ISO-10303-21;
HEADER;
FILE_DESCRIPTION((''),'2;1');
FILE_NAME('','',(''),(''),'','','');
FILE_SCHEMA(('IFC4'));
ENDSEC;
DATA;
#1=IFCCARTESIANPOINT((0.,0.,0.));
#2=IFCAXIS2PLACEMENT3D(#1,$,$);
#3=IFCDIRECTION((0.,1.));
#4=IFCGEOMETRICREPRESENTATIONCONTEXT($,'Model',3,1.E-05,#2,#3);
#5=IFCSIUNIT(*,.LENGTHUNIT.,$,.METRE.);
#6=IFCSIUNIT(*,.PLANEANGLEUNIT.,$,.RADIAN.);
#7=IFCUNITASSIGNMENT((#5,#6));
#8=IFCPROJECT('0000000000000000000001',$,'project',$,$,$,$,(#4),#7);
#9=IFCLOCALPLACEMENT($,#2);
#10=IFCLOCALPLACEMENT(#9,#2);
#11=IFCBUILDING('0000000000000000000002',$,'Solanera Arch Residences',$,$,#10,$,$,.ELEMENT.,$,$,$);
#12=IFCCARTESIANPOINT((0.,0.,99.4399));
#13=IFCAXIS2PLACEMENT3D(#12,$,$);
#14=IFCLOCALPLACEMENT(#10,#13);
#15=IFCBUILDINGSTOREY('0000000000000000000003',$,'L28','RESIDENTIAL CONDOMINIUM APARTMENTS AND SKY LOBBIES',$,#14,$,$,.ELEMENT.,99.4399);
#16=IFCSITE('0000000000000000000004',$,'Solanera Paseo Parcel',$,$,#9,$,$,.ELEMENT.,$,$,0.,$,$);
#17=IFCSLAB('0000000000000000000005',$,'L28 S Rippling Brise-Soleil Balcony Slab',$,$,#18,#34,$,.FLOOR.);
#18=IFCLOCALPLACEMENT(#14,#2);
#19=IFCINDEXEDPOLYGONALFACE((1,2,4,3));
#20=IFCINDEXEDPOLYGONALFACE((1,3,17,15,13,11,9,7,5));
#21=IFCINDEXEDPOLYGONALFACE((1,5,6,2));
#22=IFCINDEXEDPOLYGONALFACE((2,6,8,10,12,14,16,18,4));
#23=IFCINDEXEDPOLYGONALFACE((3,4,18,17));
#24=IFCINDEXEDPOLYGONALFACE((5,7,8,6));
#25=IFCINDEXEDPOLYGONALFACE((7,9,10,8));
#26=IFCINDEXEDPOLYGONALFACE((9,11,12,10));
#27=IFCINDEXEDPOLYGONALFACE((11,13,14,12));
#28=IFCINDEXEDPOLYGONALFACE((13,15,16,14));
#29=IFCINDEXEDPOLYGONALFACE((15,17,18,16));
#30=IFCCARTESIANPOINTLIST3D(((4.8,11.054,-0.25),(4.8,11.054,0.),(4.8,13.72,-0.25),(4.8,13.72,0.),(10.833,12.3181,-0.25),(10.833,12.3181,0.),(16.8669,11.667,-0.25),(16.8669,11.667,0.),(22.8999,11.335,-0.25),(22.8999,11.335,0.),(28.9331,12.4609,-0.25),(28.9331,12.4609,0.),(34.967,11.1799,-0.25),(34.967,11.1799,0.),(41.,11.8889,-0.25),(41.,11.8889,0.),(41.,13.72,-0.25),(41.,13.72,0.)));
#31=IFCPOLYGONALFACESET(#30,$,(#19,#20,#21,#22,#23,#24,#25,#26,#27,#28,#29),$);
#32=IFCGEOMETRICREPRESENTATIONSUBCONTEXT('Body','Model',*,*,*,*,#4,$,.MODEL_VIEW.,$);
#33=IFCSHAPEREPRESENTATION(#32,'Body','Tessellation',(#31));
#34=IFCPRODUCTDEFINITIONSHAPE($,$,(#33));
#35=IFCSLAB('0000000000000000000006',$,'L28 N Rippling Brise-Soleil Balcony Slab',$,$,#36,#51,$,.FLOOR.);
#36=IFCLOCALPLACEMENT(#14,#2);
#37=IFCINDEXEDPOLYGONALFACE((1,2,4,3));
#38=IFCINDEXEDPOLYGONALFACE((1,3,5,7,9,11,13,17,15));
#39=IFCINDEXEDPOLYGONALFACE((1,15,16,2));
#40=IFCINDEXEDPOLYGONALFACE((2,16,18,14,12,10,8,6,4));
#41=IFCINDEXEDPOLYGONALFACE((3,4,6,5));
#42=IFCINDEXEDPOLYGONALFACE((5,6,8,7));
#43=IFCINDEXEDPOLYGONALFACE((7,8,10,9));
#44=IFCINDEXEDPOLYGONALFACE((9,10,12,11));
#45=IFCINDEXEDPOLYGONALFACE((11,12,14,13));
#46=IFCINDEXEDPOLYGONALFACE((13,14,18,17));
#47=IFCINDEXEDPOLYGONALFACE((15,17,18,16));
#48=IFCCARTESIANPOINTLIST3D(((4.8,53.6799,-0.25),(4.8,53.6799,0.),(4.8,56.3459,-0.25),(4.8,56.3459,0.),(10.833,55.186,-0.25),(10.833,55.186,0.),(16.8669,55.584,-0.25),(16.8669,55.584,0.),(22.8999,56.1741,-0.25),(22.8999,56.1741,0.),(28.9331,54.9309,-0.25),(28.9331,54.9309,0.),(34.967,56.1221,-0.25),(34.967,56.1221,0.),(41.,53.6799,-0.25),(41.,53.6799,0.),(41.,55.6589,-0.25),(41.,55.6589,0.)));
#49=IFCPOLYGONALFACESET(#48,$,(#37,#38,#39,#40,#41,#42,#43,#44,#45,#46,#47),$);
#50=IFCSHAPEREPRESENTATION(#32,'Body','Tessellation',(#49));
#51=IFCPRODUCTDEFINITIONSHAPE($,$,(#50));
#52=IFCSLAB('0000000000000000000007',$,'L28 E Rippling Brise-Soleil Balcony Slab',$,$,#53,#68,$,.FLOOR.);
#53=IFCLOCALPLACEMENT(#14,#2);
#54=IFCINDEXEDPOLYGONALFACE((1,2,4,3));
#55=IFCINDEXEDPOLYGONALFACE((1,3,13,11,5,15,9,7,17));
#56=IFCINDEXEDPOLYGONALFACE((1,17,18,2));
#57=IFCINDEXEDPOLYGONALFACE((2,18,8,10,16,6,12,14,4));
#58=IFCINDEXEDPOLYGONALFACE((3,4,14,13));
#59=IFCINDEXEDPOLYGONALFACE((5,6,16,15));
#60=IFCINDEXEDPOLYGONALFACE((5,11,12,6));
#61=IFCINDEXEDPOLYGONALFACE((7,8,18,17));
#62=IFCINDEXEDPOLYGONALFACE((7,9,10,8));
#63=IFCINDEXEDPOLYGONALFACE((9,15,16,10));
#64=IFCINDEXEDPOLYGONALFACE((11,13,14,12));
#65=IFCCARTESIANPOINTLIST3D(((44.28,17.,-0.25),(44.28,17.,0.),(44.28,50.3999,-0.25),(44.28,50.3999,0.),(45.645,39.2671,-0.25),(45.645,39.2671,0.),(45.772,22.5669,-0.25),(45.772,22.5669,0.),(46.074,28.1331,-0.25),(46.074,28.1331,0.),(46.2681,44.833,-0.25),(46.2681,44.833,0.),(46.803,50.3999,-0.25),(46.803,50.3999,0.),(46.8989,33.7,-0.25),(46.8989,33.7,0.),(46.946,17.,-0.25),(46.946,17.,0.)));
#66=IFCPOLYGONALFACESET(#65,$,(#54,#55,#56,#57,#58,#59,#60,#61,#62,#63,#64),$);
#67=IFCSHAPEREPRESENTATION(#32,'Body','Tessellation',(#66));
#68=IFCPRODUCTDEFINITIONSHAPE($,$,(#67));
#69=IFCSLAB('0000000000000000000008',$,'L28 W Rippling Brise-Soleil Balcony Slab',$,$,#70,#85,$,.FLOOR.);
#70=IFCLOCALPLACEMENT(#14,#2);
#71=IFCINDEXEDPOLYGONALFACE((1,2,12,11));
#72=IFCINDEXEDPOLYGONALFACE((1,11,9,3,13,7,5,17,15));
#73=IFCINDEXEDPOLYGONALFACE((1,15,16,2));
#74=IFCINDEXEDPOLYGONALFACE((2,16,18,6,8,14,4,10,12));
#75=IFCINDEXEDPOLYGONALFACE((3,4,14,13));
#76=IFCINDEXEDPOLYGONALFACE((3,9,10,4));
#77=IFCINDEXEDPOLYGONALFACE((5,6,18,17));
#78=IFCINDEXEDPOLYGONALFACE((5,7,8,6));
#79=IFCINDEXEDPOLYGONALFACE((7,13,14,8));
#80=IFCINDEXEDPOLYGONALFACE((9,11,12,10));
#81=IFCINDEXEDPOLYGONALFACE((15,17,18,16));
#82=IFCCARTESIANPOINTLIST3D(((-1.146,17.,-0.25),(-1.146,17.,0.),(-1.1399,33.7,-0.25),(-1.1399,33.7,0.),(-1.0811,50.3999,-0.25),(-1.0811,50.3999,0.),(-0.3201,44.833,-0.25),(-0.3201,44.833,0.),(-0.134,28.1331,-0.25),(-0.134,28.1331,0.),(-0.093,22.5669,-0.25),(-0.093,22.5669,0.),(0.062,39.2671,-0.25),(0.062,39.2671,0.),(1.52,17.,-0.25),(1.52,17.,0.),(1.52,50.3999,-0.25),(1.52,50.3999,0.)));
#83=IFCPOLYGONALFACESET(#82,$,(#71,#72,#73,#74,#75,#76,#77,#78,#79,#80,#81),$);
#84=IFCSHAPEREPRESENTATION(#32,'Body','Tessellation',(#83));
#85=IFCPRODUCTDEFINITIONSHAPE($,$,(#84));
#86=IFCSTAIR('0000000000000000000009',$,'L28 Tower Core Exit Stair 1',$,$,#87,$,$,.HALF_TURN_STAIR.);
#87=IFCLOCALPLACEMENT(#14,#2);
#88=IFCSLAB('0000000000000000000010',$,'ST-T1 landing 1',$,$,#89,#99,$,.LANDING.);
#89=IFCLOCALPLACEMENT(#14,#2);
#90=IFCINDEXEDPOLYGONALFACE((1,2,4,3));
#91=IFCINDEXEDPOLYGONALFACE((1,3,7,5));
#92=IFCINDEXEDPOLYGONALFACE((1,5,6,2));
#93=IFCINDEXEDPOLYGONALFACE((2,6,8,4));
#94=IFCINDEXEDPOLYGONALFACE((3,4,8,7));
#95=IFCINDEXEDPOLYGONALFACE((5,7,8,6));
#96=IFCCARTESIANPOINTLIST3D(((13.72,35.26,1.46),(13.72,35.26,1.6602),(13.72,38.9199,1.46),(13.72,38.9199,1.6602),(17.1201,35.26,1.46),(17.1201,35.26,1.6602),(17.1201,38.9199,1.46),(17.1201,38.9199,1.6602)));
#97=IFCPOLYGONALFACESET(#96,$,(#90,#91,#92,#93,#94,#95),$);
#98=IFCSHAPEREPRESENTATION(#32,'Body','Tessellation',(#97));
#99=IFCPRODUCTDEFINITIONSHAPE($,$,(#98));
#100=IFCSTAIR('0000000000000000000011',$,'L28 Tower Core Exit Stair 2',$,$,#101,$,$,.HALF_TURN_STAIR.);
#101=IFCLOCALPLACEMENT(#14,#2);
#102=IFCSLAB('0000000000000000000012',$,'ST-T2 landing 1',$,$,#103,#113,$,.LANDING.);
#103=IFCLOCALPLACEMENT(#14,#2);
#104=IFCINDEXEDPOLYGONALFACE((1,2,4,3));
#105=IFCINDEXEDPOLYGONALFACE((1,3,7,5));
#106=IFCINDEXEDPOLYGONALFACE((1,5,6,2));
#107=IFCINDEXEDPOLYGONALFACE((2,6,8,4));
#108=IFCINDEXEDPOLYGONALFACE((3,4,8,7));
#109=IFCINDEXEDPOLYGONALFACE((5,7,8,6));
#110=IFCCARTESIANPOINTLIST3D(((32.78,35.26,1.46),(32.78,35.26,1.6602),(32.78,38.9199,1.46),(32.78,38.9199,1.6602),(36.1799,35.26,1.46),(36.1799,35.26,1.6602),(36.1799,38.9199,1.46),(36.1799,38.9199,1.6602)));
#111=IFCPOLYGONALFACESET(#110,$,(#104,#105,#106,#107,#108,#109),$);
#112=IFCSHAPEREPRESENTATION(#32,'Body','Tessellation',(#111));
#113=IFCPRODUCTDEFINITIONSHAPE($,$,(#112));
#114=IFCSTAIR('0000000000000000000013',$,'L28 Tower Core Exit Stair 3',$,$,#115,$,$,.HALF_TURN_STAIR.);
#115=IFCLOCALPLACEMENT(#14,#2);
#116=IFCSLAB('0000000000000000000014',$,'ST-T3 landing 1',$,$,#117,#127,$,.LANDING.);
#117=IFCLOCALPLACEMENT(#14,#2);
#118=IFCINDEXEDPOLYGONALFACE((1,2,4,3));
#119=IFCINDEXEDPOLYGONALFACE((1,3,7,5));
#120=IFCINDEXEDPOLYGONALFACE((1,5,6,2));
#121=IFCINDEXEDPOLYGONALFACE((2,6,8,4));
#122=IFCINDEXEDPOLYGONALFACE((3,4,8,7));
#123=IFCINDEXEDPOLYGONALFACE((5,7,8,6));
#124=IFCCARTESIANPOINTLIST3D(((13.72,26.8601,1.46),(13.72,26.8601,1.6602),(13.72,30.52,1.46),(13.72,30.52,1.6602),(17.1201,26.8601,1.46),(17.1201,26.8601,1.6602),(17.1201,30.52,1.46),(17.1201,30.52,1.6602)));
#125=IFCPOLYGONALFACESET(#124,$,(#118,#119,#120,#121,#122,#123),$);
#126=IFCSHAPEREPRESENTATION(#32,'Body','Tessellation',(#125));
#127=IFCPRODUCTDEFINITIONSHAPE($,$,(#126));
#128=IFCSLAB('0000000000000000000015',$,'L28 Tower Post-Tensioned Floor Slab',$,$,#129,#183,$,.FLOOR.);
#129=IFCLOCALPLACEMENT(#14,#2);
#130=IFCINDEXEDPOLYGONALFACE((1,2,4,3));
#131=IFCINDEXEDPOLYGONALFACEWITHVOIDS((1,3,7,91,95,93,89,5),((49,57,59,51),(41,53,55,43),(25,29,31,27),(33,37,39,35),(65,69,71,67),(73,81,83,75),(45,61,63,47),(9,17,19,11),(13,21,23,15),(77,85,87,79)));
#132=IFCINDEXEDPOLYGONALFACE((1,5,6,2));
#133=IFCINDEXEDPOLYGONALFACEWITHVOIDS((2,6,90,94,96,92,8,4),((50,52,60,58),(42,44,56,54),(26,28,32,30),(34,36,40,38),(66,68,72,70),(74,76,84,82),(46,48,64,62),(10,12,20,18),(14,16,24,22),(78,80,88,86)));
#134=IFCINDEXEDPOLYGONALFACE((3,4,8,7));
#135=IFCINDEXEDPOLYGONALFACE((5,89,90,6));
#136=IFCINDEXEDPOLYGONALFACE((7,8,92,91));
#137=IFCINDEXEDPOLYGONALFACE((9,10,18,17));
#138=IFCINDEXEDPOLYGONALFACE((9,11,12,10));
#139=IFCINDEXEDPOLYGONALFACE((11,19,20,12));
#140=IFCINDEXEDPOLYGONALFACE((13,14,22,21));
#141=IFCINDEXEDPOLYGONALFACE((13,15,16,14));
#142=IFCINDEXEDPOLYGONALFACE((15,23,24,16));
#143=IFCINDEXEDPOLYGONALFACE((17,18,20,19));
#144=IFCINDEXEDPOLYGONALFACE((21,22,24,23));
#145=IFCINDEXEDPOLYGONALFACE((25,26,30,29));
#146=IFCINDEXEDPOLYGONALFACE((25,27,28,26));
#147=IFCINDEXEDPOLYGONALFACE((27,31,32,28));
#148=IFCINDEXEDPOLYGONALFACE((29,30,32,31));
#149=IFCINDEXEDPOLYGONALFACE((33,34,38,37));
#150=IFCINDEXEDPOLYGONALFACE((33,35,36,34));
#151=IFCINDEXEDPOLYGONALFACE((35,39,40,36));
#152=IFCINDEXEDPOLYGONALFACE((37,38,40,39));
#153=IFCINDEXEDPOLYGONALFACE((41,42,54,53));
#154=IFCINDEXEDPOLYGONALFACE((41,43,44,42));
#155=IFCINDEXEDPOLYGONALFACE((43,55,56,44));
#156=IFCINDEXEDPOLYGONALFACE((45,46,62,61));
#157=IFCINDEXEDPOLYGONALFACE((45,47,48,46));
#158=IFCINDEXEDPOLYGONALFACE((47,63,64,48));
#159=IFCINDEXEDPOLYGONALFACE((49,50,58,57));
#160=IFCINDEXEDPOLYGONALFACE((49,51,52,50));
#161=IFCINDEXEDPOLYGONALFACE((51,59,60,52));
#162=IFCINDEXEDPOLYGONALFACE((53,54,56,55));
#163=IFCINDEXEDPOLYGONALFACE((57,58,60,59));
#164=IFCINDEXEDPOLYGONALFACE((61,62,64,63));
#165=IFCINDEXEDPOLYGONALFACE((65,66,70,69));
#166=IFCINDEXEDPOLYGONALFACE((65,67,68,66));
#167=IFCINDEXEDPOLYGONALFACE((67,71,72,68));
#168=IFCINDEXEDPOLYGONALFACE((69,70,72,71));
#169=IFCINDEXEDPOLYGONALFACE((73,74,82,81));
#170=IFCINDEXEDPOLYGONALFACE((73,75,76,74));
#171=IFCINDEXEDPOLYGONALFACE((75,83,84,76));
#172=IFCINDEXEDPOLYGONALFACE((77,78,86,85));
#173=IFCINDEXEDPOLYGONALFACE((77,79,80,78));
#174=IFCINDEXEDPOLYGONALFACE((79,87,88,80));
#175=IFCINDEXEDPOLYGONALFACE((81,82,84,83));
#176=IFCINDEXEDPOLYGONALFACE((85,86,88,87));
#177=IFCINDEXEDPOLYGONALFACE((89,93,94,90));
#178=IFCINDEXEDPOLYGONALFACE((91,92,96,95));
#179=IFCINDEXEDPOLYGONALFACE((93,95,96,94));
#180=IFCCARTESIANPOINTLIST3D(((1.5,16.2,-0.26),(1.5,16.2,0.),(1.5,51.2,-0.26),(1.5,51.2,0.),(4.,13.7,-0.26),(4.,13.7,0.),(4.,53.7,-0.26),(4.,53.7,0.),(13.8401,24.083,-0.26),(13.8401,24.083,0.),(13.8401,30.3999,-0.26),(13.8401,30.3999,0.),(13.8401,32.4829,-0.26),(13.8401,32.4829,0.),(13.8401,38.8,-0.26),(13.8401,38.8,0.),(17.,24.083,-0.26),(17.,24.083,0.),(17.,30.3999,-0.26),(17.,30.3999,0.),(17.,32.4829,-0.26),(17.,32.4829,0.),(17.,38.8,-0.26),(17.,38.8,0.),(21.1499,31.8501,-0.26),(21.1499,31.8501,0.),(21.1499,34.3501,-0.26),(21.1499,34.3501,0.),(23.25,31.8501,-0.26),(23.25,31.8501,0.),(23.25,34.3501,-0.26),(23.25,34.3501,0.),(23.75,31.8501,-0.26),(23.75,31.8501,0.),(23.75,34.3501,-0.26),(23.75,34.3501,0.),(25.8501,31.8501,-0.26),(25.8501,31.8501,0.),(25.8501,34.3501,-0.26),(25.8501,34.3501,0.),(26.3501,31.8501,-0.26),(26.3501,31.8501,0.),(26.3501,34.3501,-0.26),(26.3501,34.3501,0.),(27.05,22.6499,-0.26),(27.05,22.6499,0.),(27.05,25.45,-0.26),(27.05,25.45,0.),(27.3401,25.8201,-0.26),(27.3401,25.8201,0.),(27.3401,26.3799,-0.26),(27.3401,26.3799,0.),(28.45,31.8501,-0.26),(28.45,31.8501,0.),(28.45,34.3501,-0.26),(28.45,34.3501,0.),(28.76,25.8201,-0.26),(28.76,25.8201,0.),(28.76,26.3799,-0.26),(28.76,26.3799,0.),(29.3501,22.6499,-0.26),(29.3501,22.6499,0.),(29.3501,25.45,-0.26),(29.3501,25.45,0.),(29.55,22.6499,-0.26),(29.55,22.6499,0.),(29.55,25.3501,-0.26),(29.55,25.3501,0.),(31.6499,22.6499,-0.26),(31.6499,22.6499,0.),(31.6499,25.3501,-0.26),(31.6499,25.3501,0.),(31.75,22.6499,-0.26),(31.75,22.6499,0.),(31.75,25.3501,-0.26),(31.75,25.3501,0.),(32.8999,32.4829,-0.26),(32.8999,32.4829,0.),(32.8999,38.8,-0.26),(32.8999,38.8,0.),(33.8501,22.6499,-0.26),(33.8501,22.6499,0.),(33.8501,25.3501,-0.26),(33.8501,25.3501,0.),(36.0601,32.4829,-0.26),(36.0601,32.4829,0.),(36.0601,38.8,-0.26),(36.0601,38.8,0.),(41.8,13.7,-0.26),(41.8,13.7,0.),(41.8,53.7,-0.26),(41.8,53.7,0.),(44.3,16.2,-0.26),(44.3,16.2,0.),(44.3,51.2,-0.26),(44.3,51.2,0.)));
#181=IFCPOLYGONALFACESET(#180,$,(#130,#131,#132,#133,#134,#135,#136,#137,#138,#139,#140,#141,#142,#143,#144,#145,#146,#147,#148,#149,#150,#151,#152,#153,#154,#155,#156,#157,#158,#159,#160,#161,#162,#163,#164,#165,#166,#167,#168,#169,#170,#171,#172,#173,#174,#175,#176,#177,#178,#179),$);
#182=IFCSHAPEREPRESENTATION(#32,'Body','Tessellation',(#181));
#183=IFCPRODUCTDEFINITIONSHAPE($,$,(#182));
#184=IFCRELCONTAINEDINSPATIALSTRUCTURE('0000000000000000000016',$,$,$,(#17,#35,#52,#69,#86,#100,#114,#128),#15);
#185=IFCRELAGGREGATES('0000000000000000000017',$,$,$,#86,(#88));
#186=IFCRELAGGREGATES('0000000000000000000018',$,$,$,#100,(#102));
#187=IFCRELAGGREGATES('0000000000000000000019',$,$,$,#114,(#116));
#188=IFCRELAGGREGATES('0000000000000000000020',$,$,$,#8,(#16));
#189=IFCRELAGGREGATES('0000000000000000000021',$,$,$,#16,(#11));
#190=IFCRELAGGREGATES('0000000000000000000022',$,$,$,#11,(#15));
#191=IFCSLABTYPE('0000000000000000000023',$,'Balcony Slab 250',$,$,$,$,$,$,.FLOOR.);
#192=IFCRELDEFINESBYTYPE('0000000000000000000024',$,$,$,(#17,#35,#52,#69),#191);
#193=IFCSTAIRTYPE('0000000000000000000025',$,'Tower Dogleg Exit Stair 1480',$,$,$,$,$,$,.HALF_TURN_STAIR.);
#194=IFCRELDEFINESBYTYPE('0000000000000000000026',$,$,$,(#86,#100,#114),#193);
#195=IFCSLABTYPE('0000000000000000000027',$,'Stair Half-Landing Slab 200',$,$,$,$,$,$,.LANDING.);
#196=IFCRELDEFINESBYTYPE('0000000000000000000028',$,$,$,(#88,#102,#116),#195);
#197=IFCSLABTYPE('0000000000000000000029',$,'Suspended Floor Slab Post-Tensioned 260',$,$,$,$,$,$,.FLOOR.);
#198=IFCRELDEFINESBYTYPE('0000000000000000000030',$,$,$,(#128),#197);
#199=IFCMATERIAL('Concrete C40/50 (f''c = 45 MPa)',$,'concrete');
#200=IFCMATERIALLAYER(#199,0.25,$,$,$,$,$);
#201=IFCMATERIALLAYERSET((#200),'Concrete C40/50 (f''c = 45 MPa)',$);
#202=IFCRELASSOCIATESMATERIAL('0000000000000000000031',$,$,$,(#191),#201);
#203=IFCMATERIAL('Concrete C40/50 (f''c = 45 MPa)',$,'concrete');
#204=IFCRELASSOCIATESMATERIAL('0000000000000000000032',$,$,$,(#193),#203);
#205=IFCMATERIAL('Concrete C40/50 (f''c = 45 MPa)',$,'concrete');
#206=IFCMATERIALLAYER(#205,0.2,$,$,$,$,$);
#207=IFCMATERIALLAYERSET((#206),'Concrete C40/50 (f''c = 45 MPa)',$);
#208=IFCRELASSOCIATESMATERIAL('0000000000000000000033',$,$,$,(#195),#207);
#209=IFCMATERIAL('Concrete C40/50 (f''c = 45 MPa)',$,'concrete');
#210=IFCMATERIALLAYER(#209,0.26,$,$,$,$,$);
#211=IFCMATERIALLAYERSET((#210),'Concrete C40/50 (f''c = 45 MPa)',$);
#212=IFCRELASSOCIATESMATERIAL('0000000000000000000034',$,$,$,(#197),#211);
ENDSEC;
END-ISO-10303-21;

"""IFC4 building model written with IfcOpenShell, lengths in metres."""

from ifc_helpers import new_model, si_unit, direction, frame, origin, place, context, subcontext, project, spatial, polyline, outline, extrude, material, layer, layer_set, type_object, element, aggregate, save


model = new_model("IFC4")

# Units and contexts
model_context = context("Model", 3, precision=1e-05, world=origin(), true_north=direction((0.0, 1.0)))
body_context = subcontext(model_context, "Body", "Model", "MODEL_VIEW")
ifc_project = project(units=[si_unit("LENGTHUNIT", "METRE"), si_unit("PLANEANGLEUNIT", "RADIAN")], contexts=[model_context])

# Site, building, storey
site_placement = place(None, origin())
site = spatial("IfcSite", under=ifc_project, at=site_placement, Name="Solanera Paseo Parcel", CompositionType="ELEMENT", RefElevation=0.0)
building_placement = place(site_placement, origin())
building = spatial("IfcBuilding", under=site, at=building_placement, Name="Solanera Arch Residences", CompositionType="ELEMENT")
storey_placement = place(building_placement, frame((0.0, 0.0, 99.4399)))
storey = spatial("IfcBuildingStorey", under=building, at=storey_placement, Name="L28", Description="RESIDENTIAL CONDOMINIUM APARTMENTS AND SKY LOBBIES", CompositionType="ELEMENT", Elevation=99.4399)

# Slabs
ifc_material_1 = material(Name="Concrete C40/50 (f'c = 45 MPa)", Category="concrete")
ifc_layer_1 = layer(ifc_material_1, 0.25)
ifc_layer_set_1 = layer_set([ifc_layer_1], Name="Concrete C40/50 (f'c = 45 MPa)")
slab_type_1 = type_object("IfcSlabType", Name="Balcony Slab 250", PredefinedType="FLOOR", material=ifc_layer_set_1)
slab_1_placement = place(storey_placement, frame((0.0, 0.0, -0.25)))
element("IfcSlab", 1, at=slab_1_placement, inside=storey, type_object=slab_type_1, Name="L28 S Rippling Brise-Soleil Balcony Slab", PredefinedType="FLOOR", context=body_context, shape_type="SweptSolid", body=[
    extrude(outline(polyline([(4.8, 11.054), (10.833, 12.3181), (16.8669, 11.667), (22.8999, 11.335), (28.9331, 12.4609), (34.967, 11.1799), (41.0, 11.8889), (41.0, 13.72), (4.8, 13.72), (4.8, 11.054)])), origin(), (0.0, 0.0, 1.0), 0.25),
])
slab_2_placement = place(storey_placement, frame((0.0, 0.0, -0.25)))
element("IfcSlab", 2, at=slab_2_placement, inside=storey, type_object=slab_type_1, Name="L28 N Rippling Brise-Soleil Balcony Slab", PredefinedType="FLOOR", context=body_context, shape_type="SweptSolid", body=[
    extrude(outline(polyline([(41.0, 55.6589), (34.967, 56.1221), (28.9331, 54.9309), (22.8999, 56.1741), (16.8669, 55.584), (10.833, 55.186), (4.8, 56.3459), (4.8, 53.6799), (41.0, 53.6799), (41.0, 55.6589)])), origin(), (0.0, 0.0, 1.0), 0.25),
])
slab_3_placement = place(storey_placement, frame((0.0, 0.0, -0.25)))
element("IfcSlab", 3, at=slab_3_placement, inside=storey, type_object=slab_type_1, Name="L28 E Rippling Brise-Soleil Balcony Slab", PredefinedType="FLOOR", context=body_context, shape_type="SweptSolid", body=[
    extrude(outline(polyline([(46.946, 17.0), (45.772, 22.5669), (46.074, 28.1331), (46.8989, 33.7), (45.645, 39.2671), (46.2681, 44.833), (46.803, 50.3999), (44.28, 50.3999), (44.28, 17.0), (46.946, 17.0)])), origin(), (0.0, 0.0, 1.0), 0.25),
])
slab_4_placement = place(storey_placement, frame((0.0, 0.0, -0.25)))
element("IfcSlab", 4, at=slab_4_placement, inside=storey, type_object=slab_type_1, Name="L28 W Rippling Brise-Soleil Balcony Slab", PredefinedType="FLOOR", context=body_context, shape_type="SweptSolid", body=[
    extrude(outline(polyline([(-1.0811, 50.3999), (-0.3201, 44.833), (0.062, 39.2671), (-1.1399, 33.7), (-0.134, 28.1331), (-0.093, 22.5669), (-1.146, 17.0), (1.52, 17.0), (1.52, 50.3999), (-1.0811, 50.3999)])), origin(), (0.0, 0.0, 1.0), 0.25),
])

# Stairs, slabs
ifc_material_2 = material(Name="Concrete C40/50 (f'c = 45 MPa)", Category="concrete")
stair_type = type_object("IfcStairType", Name="Tower Dogleg Exit Stair 1480", PredefinedType="HALF_TURN_STAIR", material=ifc_material_2)
stair_1_placement = place(storey_placement, origin())
stair_1 = element("IfcStair", 5, at=stair_1_placement, inside=storey, type_object=stair_type, Name="L28 Tower Core Exit Stair 1", PredefinedType="HALF_TURN_STAIR")
ifc_material_3 = material(Name="Concrete C40/50 (f'c = 45 MPa)", Category="concrete")
ifc_layer_2 = layer(ifc_material_3, 0.2)
ifc_layer_set_2 = layer_set([ifc_layer_2], Name="Concrete C40/50 (f'c = 45 MPa)")
slab_type_2 = type_object("IfcSlabType", Name="Stair Half-Landing Slab 200", PredefinedType="LANDING", material=ifc_layer_set_2)
slab_5_placement = place(storey_placement, frame((0.0, 0.0, 1.46)))
slab_5 = element("IfcSlab", 6, at=slab_5_placement, type_object=slab_type_2, Name="ST-T1 landing 1", PredefinedType="LANDING", context=body_context, shape_type="SweptSolid", body=[
    extrude(outline(polyline([(17.1201, 35.26), (17.1201, 38.9199), (13.72, 38.9199), (13.72, 35.26), (17.1201, 35.26)])), origin(), (0.0, 0.0, 1.0), 0.2002),
])
aggregate(stair_1, [slab_5])
stair_2_placement = place(storey_placement, origin())
stair_2 = element("IfcStair", 7, at=stair_2_placement, inside=storey, type_object=stair_type, Name="L28 Tower Core Exit Stair 2", PredefinedType="HALF_TURN_STAIR")
slab_6_placement = place(storey_placement, frame((0.0, 0.0, 1.46)))
slab_6 = element("IfcSlab", 8, at=slab_6_placement, type_object=slab_type_2, Name="ST-T2 landing 1", PredefinedType="LANDING", context=body_context, shape_type="SweptSolid", body=[
    extrude(outline(polyline([(36.1799, 35.26), (36.1799, 38.9199), (32.78, 38.9199), (32.78, 35.26), (36.1799, 35.26)])), origin(), (0.0, 0.0, 1.0), 0.2002),
])
aggregate(stair_2, [slab_6])
stair_3_placement = place(storey_placement, origin())
stair_3 = element("IfcStair", 9, at=stair_3_placement, inside=storey, type_object=stair_type, Name="L28 Tower Core Exit Stair 3", PredefinedType="HALF_TURN_STAIR")
slab_7_placement = place(storey_placement, frame((0.0, 0.0, 1.46)))
slab_7 = element("IfcSlab", 10, at=slab_7_placement, type_object=slab_type_2, Name="ST-T3 landing 1", PredefinedType="LANDING", context=body_context, shape_type="SweptSolid", body=[
    extrude(outline(polyline([(17.1201, 26.8601), (17.1201, 30.52), (13.72, 30.52), (13.72, 26.8601), (17.1201, 26.8601)])), origin(), (0.0, 0.0, 1.0), 0.2002),
])
aggregate(stair_3, [slab_7])

# Slab
ifc_material_4 = material(Name="Concrete C40/50 (f'c = 45 MPa)", Category="concrete")
ifc_layer_3 = layer(ifc_material_4, 0.26)
ifc_layer_set_3 = layer_set([ifc_layer_3], Name="Concrete C40/50 (f'c = 45 MPa)")
slab_type_3 = type_object("IfcSlabType", Name="Suspended Floor Slab Post-Tensioned 260", PredefinedType="FLOOR", material=ifc_layer_set_3)
slab_8_placement = place(storey_placement, frame((0.0, 0.0, -0.26)))
element("IfcSlab", 11, at=slab_8_placement, inside=storey, type_object=slab_type_3, Name="L28 Tower Post-Tensioned Floor Slab", PredefinedType="FLOOR", context=body_context, shape_type="SweptSolid", body=[
    extrude(outline(polyline([(4.0, 13.7), (41.8, 13.7), (44.3, 16.2), (44.3, 51.2), (41.8, 53.7), (4.0, 53.7), (1.5, 51.2), (1.5, 16.2), (4.0, 13.7)]), holes=[polyline([(13.8401, 32.4829), (13.8401, 38.8), (17.0, 38.8), (17.0, 32.4829), (13.8401, 32.4829)]), polyline([(32.8999, 32.4829), (32.8999, 38.8), (36.0601, 38.8), (36.0601, 32.4829), (32.8999, 32.4829)]), polyline([(13.8401, 24.083), (13.8401, 30.3999), (17.0, 30.3999), (17.0, 24.083), (13.8401, 24.083)]), polyline([(21.1499, 34.3501), (23.25, 34.3501), (23.25, 31.8501), (21.1499, 31.8501), (21.1499, 34.3501)]), polyline([(23.75, 34.3501), (25.8501, 34.3501), (25.8501, 31.8501), (23.75, 31.8501), (23.75, 34.3501)]), polyline([(26.3501, 34.3501), (28.45, 34.3501), (28.45, 31.8501), (26.3501, 31.8501), (26.3501, 34.3501)]), polyline([(29.55, 25.3501), (31.6499, 25.3501), (31.6499, 22.6499), (29.55, 22.6499), (29.55, 25.3501)]), polyline([(31.75, 25.3501), (33.8501, 25.3501), (33.8501, 22.6499), (31.75, 22.6499), (31.75, 25.3501)]), polyline([(27.05, 25.45), (29.3501, 25.45), (29.3501, 22.6499), (27.05, 22.6499), (27.05, 25.45)]), polyline([(27.3401, 26.3799), (28.76, 26.3799), (28.76, 25.8201), (27.3401, 25.8201), (27.3401, 26.3799)])]), origin(), (0.0, 0.0, 1.0), 0.26),
])

save(model, "model.ifc")
